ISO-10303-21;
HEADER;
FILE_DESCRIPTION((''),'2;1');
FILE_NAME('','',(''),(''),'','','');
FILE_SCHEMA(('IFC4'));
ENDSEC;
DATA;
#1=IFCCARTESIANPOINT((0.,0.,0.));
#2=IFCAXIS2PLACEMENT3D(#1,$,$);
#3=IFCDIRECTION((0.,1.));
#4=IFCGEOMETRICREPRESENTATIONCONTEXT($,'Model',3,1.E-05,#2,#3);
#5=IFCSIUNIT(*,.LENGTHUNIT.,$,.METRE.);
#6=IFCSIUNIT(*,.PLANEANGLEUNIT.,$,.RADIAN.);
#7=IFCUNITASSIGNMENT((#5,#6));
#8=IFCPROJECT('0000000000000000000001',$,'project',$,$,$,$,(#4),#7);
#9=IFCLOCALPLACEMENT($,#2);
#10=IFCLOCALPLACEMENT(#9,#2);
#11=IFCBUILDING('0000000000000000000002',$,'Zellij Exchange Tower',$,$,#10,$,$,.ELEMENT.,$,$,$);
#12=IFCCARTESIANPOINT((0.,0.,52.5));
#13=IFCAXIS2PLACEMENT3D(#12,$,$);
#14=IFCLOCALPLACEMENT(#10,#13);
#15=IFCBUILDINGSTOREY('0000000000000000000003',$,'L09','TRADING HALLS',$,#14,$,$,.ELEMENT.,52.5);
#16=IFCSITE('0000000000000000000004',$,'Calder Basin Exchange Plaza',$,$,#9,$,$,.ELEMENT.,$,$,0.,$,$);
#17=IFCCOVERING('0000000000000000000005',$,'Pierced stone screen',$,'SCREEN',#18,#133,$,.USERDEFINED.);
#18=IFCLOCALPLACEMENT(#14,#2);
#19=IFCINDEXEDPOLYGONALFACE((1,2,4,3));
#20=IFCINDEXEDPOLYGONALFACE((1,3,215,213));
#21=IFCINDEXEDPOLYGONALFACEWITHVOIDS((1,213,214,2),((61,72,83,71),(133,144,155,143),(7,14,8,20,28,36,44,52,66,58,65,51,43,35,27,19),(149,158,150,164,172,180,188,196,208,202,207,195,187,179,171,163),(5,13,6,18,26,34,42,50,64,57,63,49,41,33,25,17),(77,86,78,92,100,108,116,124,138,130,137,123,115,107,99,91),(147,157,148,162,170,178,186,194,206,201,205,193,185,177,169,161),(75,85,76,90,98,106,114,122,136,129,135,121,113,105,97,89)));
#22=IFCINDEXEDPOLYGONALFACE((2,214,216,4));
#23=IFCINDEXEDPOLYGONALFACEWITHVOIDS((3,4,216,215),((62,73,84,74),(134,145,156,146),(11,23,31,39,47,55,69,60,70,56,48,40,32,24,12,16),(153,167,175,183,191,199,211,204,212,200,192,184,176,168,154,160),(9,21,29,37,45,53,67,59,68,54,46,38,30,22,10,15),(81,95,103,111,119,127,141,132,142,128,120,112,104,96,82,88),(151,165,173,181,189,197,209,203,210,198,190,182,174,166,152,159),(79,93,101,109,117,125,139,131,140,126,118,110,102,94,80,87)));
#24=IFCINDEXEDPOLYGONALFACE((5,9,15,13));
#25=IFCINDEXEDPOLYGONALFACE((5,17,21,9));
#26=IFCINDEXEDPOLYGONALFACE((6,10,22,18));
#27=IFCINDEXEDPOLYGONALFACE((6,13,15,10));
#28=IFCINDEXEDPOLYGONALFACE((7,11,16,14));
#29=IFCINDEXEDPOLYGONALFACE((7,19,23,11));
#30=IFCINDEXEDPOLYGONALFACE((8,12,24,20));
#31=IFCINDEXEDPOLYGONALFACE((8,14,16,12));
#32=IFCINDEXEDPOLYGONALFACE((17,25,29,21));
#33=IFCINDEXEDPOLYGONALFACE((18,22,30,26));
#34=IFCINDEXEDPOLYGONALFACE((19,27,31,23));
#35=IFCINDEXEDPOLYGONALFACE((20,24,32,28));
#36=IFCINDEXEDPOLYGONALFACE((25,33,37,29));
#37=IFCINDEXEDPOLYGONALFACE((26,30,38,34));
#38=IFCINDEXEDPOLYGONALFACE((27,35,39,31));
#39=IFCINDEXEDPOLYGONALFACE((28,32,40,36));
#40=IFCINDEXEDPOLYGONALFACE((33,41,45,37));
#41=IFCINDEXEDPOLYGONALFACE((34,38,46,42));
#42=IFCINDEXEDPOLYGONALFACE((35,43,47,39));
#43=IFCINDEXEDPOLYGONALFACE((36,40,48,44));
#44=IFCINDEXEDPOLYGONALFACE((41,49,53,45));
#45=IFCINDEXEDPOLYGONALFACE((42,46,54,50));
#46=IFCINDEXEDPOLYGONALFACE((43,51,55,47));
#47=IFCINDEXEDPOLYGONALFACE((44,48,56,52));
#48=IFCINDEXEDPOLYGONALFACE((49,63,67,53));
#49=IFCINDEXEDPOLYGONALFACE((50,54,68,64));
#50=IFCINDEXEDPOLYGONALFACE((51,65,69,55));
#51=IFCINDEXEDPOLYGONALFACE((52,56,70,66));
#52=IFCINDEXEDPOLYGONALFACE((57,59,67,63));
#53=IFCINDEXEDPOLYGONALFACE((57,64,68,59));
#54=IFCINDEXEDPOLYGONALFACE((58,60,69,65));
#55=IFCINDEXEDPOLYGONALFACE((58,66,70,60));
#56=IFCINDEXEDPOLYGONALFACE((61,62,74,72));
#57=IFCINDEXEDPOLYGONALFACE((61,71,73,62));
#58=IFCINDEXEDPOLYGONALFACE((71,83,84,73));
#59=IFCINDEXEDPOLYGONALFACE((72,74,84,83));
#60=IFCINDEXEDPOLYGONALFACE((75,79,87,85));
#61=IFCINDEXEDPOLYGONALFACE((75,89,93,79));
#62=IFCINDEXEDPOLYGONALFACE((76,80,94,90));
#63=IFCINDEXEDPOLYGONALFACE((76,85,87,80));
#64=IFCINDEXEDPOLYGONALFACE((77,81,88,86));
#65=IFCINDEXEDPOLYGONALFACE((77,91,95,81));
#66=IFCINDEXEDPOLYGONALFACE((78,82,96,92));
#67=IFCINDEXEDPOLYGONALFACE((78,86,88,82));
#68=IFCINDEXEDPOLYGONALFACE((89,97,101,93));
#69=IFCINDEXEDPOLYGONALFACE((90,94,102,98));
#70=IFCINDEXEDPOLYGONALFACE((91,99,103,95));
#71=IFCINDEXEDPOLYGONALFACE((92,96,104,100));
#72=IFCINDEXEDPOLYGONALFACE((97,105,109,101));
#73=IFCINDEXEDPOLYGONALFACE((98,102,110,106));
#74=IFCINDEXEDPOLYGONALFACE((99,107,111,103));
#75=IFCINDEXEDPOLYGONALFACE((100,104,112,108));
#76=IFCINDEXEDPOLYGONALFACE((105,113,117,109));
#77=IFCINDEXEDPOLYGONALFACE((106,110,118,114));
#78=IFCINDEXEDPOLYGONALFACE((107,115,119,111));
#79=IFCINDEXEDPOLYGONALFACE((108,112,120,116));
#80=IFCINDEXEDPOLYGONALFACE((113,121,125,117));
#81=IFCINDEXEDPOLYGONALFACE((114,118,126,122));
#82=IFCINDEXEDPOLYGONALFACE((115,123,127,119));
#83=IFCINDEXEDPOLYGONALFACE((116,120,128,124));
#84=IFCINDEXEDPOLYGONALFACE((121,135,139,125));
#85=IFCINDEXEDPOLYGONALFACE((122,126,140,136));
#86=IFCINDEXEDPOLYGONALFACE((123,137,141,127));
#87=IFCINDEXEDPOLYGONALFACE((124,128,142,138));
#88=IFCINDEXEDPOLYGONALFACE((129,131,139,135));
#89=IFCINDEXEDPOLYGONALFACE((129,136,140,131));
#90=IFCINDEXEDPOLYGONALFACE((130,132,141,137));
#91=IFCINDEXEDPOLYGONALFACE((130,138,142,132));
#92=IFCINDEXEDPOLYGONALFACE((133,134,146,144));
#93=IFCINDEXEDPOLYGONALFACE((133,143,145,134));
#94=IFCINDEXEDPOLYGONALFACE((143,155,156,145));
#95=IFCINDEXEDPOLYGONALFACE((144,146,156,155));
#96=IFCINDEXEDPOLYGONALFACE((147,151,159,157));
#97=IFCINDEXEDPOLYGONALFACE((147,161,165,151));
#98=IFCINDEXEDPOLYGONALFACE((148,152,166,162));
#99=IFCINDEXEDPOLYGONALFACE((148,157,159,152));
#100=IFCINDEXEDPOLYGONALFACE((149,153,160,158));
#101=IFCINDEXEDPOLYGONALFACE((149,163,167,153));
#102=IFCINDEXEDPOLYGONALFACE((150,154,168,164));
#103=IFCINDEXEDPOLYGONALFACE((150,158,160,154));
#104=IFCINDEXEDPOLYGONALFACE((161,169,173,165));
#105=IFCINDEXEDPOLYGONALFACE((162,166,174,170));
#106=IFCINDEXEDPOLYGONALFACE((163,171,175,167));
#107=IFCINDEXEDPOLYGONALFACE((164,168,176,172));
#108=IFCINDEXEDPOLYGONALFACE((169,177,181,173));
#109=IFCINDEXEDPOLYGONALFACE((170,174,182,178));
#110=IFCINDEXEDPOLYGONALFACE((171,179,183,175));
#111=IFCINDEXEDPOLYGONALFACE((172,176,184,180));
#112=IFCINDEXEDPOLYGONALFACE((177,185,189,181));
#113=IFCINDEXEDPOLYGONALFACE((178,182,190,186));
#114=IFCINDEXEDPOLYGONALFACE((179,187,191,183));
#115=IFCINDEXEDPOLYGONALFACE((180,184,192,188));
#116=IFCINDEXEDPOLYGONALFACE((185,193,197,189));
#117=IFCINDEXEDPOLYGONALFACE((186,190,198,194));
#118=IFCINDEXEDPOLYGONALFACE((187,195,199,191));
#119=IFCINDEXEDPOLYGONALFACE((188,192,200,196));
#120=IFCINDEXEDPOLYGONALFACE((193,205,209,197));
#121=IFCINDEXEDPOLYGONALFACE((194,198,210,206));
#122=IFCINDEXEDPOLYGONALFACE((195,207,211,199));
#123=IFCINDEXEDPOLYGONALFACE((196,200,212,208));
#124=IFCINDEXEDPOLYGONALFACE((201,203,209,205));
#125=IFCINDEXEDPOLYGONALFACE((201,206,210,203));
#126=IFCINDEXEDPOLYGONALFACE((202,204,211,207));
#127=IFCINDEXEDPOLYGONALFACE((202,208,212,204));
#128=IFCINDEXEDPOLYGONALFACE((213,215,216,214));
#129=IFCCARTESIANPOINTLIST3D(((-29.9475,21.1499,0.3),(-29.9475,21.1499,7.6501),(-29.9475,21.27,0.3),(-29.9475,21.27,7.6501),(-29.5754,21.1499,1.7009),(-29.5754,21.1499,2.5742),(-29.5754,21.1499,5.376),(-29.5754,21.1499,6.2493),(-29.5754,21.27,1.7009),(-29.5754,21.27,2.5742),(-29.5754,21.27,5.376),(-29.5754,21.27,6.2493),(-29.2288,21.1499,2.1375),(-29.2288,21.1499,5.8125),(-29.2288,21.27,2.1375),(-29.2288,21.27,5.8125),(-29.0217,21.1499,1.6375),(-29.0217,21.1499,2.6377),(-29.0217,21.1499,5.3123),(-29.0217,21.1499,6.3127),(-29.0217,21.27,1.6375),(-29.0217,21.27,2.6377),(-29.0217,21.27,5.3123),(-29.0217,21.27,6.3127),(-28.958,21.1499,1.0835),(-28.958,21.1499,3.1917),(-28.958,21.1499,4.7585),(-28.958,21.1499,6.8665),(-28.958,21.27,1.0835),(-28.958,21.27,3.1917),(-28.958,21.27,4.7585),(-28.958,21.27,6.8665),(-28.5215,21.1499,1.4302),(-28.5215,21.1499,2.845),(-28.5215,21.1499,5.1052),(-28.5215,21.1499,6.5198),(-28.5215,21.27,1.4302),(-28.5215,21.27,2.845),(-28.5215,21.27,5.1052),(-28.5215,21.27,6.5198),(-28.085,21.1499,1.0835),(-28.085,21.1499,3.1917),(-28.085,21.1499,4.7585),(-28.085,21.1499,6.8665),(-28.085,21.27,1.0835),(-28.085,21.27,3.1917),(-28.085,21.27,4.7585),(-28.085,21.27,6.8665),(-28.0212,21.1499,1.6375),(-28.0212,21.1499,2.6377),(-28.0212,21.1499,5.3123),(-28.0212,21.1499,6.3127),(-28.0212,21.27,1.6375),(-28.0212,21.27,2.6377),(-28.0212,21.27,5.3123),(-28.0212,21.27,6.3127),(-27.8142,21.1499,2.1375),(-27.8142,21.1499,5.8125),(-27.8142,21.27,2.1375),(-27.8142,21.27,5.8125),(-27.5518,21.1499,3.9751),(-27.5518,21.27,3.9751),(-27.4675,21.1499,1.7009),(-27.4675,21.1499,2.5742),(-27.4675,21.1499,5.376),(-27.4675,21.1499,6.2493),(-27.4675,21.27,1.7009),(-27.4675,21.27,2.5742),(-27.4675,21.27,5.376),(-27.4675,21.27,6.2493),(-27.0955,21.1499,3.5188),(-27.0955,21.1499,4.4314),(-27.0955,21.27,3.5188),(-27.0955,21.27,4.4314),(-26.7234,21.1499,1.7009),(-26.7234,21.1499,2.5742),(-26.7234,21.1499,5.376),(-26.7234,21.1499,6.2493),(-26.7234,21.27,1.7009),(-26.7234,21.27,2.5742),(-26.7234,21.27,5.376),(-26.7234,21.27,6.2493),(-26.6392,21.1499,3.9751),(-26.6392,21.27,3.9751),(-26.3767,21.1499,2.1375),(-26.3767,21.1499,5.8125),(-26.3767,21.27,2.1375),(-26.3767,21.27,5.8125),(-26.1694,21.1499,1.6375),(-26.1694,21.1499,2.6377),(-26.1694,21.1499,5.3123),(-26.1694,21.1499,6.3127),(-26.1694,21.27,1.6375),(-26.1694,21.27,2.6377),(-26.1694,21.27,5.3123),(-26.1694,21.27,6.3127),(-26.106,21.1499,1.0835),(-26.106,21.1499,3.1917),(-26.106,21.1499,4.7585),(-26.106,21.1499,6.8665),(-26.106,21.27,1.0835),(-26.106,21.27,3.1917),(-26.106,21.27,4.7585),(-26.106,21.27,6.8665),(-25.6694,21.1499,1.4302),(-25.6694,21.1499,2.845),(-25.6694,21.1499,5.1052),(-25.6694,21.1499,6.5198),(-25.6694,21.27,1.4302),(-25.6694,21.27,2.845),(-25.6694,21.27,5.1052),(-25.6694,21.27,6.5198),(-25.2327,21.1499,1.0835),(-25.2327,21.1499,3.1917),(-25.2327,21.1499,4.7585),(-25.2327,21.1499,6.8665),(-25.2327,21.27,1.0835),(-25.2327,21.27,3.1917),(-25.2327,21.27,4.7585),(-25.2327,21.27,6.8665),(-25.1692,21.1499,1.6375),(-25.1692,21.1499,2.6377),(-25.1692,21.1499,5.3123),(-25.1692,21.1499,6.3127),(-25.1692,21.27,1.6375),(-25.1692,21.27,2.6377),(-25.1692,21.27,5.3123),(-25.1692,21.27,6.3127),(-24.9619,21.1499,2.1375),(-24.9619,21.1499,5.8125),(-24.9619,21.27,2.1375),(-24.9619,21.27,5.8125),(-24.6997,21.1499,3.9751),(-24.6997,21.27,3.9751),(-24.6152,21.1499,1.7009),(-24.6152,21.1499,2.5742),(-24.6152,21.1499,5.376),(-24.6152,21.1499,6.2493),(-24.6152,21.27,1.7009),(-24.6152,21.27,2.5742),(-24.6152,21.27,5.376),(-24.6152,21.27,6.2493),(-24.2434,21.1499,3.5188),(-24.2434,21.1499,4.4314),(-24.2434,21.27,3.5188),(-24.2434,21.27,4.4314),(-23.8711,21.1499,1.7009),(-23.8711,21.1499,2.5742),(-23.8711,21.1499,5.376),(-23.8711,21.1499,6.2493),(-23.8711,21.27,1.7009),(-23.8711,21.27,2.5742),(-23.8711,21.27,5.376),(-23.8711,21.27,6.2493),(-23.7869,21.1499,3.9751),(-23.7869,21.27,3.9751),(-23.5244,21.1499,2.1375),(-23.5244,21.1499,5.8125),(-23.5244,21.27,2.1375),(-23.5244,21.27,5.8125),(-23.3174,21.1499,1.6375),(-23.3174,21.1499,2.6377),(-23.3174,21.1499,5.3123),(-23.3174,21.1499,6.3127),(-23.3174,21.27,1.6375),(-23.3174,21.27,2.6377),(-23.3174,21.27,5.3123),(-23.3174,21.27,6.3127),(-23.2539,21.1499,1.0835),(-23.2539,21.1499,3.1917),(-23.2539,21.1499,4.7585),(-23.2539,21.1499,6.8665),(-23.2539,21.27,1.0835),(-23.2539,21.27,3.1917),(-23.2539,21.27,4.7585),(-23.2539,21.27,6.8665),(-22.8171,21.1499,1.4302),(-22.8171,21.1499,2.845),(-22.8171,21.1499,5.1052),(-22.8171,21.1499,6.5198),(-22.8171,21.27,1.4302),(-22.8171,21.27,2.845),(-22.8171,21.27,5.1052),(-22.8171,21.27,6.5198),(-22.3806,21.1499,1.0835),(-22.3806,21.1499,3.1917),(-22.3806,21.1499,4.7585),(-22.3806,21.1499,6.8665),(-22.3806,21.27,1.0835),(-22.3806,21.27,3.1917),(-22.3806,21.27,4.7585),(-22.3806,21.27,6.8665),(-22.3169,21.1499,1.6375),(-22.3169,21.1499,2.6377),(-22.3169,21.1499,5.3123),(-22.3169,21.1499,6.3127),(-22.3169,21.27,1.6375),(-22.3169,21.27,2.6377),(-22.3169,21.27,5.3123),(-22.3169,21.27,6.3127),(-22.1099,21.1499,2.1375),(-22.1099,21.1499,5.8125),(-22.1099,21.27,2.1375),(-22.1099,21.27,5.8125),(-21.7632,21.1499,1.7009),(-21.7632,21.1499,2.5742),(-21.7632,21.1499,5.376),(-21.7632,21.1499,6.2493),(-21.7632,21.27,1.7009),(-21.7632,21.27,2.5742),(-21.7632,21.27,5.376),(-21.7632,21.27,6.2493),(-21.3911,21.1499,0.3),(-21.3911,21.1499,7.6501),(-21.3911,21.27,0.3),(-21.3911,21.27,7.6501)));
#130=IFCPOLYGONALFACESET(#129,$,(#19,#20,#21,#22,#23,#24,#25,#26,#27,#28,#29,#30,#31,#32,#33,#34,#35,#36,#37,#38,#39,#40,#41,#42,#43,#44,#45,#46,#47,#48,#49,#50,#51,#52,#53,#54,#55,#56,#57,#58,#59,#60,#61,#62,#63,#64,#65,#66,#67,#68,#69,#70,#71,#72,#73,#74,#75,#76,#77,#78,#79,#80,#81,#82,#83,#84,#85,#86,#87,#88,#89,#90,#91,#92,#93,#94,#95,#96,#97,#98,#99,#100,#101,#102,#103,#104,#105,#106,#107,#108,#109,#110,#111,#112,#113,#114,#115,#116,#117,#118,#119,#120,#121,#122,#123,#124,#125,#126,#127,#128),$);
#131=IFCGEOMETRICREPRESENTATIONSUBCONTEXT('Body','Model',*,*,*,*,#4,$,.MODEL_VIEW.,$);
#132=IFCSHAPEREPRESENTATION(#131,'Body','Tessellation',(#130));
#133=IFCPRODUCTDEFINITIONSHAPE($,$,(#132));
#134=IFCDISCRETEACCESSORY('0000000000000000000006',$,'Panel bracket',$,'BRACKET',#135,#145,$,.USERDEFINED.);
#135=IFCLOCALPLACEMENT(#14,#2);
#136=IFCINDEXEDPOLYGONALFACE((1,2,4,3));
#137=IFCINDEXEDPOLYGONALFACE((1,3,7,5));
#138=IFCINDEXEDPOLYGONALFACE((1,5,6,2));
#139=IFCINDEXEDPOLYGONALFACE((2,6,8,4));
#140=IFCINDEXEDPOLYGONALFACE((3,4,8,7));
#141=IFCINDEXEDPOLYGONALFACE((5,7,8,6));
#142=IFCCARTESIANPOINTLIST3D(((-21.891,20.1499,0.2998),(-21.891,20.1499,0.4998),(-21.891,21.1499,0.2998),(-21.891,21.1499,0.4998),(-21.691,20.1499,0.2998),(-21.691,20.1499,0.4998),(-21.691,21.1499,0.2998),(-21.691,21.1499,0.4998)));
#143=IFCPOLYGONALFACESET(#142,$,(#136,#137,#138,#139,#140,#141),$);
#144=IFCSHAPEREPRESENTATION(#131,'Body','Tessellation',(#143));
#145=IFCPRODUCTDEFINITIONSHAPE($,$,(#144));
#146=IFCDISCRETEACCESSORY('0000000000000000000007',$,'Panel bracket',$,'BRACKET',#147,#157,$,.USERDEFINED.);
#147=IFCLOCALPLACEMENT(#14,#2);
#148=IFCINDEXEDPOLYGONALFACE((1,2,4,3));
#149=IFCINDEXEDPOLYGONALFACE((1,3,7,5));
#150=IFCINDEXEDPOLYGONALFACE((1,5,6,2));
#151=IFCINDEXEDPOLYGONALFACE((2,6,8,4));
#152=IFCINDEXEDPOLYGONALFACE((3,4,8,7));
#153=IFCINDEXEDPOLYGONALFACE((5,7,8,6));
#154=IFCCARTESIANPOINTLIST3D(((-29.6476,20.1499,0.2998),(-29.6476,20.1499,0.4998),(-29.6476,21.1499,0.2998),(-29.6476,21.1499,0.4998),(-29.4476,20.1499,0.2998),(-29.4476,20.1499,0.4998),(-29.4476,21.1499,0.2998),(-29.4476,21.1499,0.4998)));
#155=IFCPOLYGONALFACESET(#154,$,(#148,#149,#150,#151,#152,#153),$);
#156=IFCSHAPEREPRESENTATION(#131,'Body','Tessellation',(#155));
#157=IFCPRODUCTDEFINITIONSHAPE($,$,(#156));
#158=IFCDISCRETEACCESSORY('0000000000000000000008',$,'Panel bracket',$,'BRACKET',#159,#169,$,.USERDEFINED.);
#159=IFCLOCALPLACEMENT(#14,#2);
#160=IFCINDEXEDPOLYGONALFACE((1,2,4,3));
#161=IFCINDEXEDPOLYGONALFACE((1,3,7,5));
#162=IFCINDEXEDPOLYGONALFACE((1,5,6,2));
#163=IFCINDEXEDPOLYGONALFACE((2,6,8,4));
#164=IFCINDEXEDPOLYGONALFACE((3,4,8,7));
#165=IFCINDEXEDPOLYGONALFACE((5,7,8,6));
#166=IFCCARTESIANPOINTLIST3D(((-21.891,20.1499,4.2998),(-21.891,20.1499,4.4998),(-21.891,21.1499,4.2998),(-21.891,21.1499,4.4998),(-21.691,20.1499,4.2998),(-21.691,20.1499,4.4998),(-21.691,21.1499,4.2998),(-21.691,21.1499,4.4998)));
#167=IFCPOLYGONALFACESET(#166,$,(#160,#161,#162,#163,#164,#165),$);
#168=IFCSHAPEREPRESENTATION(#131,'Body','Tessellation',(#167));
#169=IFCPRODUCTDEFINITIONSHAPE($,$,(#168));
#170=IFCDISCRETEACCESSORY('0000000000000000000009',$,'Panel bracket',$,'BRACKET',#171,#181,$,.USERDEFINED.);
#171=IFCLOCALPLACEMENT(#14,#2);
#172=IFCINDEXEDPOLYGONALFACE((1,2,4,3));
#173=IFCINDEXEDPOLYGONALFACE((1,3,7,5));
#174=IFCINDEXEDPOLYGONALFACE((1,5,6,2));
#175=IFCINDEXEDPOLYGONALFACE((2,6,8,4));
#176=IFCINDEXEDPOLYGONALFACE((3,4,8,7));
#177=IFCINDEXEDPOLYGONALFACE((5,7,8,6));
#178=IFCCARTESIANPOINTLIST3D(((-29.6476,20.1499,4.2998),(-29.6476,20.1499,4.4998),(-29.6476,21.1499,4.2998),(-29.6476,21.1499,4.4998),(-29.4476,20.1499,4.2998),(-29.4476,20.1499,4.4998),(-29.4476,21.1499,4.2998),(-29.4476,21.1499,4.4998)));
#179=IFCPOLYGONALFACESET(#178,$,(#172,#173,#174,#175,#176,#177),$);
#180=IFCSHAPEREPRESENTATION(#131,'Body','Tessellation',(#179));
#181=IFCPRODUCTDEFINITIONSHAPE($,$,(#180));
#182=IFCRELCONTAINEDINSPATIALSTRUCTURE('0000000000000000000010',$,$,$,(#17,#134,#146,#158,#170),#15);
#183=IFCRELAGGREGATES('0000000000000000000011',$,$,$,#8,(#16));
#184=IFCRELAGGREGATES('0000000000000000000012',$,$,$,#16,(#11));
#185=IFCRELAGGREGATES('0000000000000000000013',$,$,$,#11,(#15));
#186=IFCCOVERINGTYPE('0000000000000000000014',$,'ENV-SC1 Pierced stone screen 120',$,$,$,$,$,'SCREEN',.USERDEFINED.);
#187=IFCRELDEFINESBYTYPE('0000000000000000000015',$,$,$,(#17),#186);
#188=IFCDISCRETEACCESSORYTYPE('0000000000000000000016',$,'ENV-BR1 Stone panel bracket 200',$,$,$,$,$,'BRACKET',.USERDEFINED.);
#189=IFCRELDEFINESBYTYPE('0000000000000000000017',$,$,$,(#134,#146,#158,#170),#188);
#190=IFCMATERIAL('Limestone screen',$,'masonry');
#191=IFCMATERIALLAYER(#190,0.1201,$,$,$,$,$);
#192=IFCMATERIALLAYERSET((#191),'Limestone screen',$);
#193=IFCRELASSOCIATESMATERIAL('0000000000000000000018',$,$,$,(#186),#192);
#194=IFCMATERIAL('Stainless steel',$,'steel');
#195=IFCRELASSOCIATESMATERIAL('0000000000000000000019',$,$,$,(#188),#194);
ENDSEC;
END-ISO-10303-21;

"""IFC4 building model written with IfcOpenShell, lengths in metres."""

from ifc_helpers import new_model, si_unit, direction, frame, origin, origin_2d, place, context, subcontext, project, spatial, polyline, rectangle, outline, extrude, material, layer, layer_set, type_object, element, save


model = new_model("IFC4")

# Units and contexts
model_context = context("Model", 3, precision=1e-05, world=origin(), true_north=direction((0.0, 1.0)))
body_context = subcontext(model_context, "Body", "Model", "MODEL_VIEW")
ifc_project = project(units=[si_unit("LENGTHUNIT", "METRE"), si_unit("PLANEANGLEUNIT", "RADIAN")], contexts=[model_context])

# Site, building, storey
site_placement = place(None, origin())
site = spatial("IfcSite", under=ifc_project, at=site_placement, Name="Calder Basin Exchange Plaza", CompositionType="ELEMENT", RefElevation=0.0)
building_placement = place(site_placement, origin())
building = spatial("IfcBuilding", under=site, at=building_placement, Name="Zellij Exchange Tower", CompositionType="ELEMENT")
storey_placement = place(building_placement, frame((0.0, 0.0, 52.5)))
storey = spatial("IfcBuildingStorey", under=building, at=storey_placement, Name="L09", Description="TRADING HALLS", CompositionType="ELEMENT", Elevation=52.5)

# Covering
ifc_material_1 = material(Name="Limestone screen", Category="masonry")
ifc_layer_1 = layer(ifc_material_1, 0.1201)
ifc_layer_set_1 = layer_set([ifc_layer_1], Name="Limestone screen")
covering_type = type_object("IfcCoveringType", Name="ENV-SC1 Pierced stone screen 120", ElementType="SCREEN", PredefinedType="USERDEFINED", material=ifc_layer_set_1)
covering_placement = place(storey_placement, frame((-21.3911, 21.21, 0.3), z_axis=(0.0, 0.0, 1.0), x_axis=(-1.0, 0.0, 0.0)))
element("IfcCovering", 1, at=covering_placement, inside=storey, type_object=covering_type, Name="Pierced stone screen", ObjectType="SCREEN", PredefinedType="USERDEFINED", context=body_context, shape_type="SweptSolid", body=[
    extrude(outline(polyline([(0.0, 0.0), (8.5564, 0.0), (8.5564, 7.3501), (0.0, 7.3501), (0.0, 0.0)]), holes=[polyline([(2.48, 2.2742), (1.9263, 2.3376), (1.8628, 2.8916), (1.426, 2.5449), (0.9895, 2.8916), (0.9258, 2.3376), (0.3721, 2.2742), (0.7188, 1.8374), (0.3721, 1.4009), (0.9258, 1.3374), (0.9895, 0.7834), (1.426, 1.1301), (1.8628, 0.7834), (1.9263, 1.3374), (2.48, 1.4009), (2.1333, 1.8374), (2.48, 2.2742)]), polyline([(2.48, 5.9492), (1.9263, 6.0127), (1.8628, 6.5664), (1.426, 6.2197), (0.9895, 6.5664), (0.9258, 6.0127), (0.3721, 5.9492), (0.7188, 5.5125), (0.3721, 5.0759), (0.9258, 5.0122), (0.9895, 4.4585), (1.426, 4.8052), (1.8628, 4.4585), (1.9263, 5.0122), (2.48, 5.0759), (2.1333, 5.5125), (2.48, 5.9492)]), polyline([(5.3323, 2.2742), (4.7783, 2.3376), (4.7148, 2.8916), (4.2783, 2.5449), (3.8416, 2.8916), (3.7781, 2.3376), (3.2241, 2.2742), (3.5708, 1.8374), (3.2241, 1.4009), (3.7781, 1.3374), (3.8416, 0.7834), (4.2783, 1.1301), (4.7148, 0.7834), (4.7783, 1.3374), (5.3323, 1.4009), (4.9856, 1.8374), (5.3323, 2.2742)]), polyline([(5.3323, 5.9492), (4.7783, 6.0127), (4.7148, 6.5664), (4.2783, 6.2197), (3.8416, 6.5664), (3.7781, 6.0127), (3.2241, 5.9492), (3.5708, 5.5125), (3.2241, 5.0759), (3.7781, 5.0122), (3.8416, 4.4585), (4.2783, 4.8052), (4.7148, 4.4585), (4.7783, 5.0122), (5.3323, 5.0759), (4.9856, 5.5125), (5.3323, 5.9492)]), polyline([(8.1843, 2.2742), (7.6306, 2.3376), (7.5669, 2.8916), (7.1304, 2.5449), (6.6938, 2.8916), (6.6301, 2.3376), (6.0764, 2.2742), (6.4231, 1.8374), (6.0764, 1.4009), (6.6301, 1.3374), (6.6938, 0.7834), (7.1304, 1.1301), (7.5669, 0.7834), (7.6306, 1.3374), (8.1843, 1.4009), (7.8376, 1.8374), (8.1843, 2.2742)]), polyline([(8.1843, 5.9492), (7.6306, 6.0127), (7.5669, 6.5664), (7.1304, 6.2197), (6.6938, 6.5664), (6.6301, 6.0127), (6.0764, 5.9492), (6.4231, 5.5125), (6.0764, 5.0759), (6.6301, 5.0122), (6.6938, 4.4585), (7.1304, 4.8052), (7.5669, 4.4585), (7.6306, 5.0122), (8.1843, 5.0759), (7.8376, 5.5125), (8.1843, 5.9492)]), polyline([(3.3086, 3.675), (2.8523, 4.1313), (2.3958, 3.675), (2.8523, 3.2188), (3.3086, 3.675)]), polyline([(6.1606, 3.675), (5.7043, 4.1313), (5.248, 3.675), (5.7043, 3.2188), (6.1606, 3.675)])]), frame((0.0, 0.0601, 0.0), z_axis=(0.0, -1.0, 0.0), x_axis=(1.0, 0.0, 0.0)), (0.0, 0.0, 1.0), 0.1201),
])

# Discrete accessories
ifc_material_2 = material(Name="Stainless steel", Category="steel")
discrete_accessory_type = type_object("IfcDiscreteAccessoryType", Name="ENV-BR1 Stone panel bracket 200", ElementType="BRACKET", PredefinedType="USERDEFINED", material=ifc_material_2)
for number, where, z_axis, x_axis, name in (
    (2, (-21.791, 20.6499, 0.2998), (0.0, 0.0, 1.0), (-1.0, 0.0, 0.0), "Panel bracket"),
    (3, (-29.5476, 20.6499, 0.2998), (0.0, 0.0, 1.0), (-1.0, 0.0, 0.0), "Panel bracket"),
    (4, (-21.791, 20.6499, 4.2998), (0.0, 0.0, 1.0), (-1.0, 0.0, 0.0), "Panel bracket"),
    (5, (-29.5476, 20.6499, 4.2998), (0.0, 0.0, 1.0), (-1.0, 0.0, 0.0), "Panel bracket"),
):
    element("IfcDiscreteAccessory", number, at=place(storey_placement, frame(where, z_axis=z_axis, x_axis=x_axis)), inside=storey, type_object=discrete_accessory_type, Name=name, ObjectType="BRACKET", PredefinedType="USERDEFINED", context=body_context, shape_type="SweptSolid", body=[
        extrude(rectangle(XDim=0.2, YDim=1.0, at=origin_2d()), origin(), (0.0, 0.0, 1.0), 0.2),
    ])

save(model, "model.ifc")
